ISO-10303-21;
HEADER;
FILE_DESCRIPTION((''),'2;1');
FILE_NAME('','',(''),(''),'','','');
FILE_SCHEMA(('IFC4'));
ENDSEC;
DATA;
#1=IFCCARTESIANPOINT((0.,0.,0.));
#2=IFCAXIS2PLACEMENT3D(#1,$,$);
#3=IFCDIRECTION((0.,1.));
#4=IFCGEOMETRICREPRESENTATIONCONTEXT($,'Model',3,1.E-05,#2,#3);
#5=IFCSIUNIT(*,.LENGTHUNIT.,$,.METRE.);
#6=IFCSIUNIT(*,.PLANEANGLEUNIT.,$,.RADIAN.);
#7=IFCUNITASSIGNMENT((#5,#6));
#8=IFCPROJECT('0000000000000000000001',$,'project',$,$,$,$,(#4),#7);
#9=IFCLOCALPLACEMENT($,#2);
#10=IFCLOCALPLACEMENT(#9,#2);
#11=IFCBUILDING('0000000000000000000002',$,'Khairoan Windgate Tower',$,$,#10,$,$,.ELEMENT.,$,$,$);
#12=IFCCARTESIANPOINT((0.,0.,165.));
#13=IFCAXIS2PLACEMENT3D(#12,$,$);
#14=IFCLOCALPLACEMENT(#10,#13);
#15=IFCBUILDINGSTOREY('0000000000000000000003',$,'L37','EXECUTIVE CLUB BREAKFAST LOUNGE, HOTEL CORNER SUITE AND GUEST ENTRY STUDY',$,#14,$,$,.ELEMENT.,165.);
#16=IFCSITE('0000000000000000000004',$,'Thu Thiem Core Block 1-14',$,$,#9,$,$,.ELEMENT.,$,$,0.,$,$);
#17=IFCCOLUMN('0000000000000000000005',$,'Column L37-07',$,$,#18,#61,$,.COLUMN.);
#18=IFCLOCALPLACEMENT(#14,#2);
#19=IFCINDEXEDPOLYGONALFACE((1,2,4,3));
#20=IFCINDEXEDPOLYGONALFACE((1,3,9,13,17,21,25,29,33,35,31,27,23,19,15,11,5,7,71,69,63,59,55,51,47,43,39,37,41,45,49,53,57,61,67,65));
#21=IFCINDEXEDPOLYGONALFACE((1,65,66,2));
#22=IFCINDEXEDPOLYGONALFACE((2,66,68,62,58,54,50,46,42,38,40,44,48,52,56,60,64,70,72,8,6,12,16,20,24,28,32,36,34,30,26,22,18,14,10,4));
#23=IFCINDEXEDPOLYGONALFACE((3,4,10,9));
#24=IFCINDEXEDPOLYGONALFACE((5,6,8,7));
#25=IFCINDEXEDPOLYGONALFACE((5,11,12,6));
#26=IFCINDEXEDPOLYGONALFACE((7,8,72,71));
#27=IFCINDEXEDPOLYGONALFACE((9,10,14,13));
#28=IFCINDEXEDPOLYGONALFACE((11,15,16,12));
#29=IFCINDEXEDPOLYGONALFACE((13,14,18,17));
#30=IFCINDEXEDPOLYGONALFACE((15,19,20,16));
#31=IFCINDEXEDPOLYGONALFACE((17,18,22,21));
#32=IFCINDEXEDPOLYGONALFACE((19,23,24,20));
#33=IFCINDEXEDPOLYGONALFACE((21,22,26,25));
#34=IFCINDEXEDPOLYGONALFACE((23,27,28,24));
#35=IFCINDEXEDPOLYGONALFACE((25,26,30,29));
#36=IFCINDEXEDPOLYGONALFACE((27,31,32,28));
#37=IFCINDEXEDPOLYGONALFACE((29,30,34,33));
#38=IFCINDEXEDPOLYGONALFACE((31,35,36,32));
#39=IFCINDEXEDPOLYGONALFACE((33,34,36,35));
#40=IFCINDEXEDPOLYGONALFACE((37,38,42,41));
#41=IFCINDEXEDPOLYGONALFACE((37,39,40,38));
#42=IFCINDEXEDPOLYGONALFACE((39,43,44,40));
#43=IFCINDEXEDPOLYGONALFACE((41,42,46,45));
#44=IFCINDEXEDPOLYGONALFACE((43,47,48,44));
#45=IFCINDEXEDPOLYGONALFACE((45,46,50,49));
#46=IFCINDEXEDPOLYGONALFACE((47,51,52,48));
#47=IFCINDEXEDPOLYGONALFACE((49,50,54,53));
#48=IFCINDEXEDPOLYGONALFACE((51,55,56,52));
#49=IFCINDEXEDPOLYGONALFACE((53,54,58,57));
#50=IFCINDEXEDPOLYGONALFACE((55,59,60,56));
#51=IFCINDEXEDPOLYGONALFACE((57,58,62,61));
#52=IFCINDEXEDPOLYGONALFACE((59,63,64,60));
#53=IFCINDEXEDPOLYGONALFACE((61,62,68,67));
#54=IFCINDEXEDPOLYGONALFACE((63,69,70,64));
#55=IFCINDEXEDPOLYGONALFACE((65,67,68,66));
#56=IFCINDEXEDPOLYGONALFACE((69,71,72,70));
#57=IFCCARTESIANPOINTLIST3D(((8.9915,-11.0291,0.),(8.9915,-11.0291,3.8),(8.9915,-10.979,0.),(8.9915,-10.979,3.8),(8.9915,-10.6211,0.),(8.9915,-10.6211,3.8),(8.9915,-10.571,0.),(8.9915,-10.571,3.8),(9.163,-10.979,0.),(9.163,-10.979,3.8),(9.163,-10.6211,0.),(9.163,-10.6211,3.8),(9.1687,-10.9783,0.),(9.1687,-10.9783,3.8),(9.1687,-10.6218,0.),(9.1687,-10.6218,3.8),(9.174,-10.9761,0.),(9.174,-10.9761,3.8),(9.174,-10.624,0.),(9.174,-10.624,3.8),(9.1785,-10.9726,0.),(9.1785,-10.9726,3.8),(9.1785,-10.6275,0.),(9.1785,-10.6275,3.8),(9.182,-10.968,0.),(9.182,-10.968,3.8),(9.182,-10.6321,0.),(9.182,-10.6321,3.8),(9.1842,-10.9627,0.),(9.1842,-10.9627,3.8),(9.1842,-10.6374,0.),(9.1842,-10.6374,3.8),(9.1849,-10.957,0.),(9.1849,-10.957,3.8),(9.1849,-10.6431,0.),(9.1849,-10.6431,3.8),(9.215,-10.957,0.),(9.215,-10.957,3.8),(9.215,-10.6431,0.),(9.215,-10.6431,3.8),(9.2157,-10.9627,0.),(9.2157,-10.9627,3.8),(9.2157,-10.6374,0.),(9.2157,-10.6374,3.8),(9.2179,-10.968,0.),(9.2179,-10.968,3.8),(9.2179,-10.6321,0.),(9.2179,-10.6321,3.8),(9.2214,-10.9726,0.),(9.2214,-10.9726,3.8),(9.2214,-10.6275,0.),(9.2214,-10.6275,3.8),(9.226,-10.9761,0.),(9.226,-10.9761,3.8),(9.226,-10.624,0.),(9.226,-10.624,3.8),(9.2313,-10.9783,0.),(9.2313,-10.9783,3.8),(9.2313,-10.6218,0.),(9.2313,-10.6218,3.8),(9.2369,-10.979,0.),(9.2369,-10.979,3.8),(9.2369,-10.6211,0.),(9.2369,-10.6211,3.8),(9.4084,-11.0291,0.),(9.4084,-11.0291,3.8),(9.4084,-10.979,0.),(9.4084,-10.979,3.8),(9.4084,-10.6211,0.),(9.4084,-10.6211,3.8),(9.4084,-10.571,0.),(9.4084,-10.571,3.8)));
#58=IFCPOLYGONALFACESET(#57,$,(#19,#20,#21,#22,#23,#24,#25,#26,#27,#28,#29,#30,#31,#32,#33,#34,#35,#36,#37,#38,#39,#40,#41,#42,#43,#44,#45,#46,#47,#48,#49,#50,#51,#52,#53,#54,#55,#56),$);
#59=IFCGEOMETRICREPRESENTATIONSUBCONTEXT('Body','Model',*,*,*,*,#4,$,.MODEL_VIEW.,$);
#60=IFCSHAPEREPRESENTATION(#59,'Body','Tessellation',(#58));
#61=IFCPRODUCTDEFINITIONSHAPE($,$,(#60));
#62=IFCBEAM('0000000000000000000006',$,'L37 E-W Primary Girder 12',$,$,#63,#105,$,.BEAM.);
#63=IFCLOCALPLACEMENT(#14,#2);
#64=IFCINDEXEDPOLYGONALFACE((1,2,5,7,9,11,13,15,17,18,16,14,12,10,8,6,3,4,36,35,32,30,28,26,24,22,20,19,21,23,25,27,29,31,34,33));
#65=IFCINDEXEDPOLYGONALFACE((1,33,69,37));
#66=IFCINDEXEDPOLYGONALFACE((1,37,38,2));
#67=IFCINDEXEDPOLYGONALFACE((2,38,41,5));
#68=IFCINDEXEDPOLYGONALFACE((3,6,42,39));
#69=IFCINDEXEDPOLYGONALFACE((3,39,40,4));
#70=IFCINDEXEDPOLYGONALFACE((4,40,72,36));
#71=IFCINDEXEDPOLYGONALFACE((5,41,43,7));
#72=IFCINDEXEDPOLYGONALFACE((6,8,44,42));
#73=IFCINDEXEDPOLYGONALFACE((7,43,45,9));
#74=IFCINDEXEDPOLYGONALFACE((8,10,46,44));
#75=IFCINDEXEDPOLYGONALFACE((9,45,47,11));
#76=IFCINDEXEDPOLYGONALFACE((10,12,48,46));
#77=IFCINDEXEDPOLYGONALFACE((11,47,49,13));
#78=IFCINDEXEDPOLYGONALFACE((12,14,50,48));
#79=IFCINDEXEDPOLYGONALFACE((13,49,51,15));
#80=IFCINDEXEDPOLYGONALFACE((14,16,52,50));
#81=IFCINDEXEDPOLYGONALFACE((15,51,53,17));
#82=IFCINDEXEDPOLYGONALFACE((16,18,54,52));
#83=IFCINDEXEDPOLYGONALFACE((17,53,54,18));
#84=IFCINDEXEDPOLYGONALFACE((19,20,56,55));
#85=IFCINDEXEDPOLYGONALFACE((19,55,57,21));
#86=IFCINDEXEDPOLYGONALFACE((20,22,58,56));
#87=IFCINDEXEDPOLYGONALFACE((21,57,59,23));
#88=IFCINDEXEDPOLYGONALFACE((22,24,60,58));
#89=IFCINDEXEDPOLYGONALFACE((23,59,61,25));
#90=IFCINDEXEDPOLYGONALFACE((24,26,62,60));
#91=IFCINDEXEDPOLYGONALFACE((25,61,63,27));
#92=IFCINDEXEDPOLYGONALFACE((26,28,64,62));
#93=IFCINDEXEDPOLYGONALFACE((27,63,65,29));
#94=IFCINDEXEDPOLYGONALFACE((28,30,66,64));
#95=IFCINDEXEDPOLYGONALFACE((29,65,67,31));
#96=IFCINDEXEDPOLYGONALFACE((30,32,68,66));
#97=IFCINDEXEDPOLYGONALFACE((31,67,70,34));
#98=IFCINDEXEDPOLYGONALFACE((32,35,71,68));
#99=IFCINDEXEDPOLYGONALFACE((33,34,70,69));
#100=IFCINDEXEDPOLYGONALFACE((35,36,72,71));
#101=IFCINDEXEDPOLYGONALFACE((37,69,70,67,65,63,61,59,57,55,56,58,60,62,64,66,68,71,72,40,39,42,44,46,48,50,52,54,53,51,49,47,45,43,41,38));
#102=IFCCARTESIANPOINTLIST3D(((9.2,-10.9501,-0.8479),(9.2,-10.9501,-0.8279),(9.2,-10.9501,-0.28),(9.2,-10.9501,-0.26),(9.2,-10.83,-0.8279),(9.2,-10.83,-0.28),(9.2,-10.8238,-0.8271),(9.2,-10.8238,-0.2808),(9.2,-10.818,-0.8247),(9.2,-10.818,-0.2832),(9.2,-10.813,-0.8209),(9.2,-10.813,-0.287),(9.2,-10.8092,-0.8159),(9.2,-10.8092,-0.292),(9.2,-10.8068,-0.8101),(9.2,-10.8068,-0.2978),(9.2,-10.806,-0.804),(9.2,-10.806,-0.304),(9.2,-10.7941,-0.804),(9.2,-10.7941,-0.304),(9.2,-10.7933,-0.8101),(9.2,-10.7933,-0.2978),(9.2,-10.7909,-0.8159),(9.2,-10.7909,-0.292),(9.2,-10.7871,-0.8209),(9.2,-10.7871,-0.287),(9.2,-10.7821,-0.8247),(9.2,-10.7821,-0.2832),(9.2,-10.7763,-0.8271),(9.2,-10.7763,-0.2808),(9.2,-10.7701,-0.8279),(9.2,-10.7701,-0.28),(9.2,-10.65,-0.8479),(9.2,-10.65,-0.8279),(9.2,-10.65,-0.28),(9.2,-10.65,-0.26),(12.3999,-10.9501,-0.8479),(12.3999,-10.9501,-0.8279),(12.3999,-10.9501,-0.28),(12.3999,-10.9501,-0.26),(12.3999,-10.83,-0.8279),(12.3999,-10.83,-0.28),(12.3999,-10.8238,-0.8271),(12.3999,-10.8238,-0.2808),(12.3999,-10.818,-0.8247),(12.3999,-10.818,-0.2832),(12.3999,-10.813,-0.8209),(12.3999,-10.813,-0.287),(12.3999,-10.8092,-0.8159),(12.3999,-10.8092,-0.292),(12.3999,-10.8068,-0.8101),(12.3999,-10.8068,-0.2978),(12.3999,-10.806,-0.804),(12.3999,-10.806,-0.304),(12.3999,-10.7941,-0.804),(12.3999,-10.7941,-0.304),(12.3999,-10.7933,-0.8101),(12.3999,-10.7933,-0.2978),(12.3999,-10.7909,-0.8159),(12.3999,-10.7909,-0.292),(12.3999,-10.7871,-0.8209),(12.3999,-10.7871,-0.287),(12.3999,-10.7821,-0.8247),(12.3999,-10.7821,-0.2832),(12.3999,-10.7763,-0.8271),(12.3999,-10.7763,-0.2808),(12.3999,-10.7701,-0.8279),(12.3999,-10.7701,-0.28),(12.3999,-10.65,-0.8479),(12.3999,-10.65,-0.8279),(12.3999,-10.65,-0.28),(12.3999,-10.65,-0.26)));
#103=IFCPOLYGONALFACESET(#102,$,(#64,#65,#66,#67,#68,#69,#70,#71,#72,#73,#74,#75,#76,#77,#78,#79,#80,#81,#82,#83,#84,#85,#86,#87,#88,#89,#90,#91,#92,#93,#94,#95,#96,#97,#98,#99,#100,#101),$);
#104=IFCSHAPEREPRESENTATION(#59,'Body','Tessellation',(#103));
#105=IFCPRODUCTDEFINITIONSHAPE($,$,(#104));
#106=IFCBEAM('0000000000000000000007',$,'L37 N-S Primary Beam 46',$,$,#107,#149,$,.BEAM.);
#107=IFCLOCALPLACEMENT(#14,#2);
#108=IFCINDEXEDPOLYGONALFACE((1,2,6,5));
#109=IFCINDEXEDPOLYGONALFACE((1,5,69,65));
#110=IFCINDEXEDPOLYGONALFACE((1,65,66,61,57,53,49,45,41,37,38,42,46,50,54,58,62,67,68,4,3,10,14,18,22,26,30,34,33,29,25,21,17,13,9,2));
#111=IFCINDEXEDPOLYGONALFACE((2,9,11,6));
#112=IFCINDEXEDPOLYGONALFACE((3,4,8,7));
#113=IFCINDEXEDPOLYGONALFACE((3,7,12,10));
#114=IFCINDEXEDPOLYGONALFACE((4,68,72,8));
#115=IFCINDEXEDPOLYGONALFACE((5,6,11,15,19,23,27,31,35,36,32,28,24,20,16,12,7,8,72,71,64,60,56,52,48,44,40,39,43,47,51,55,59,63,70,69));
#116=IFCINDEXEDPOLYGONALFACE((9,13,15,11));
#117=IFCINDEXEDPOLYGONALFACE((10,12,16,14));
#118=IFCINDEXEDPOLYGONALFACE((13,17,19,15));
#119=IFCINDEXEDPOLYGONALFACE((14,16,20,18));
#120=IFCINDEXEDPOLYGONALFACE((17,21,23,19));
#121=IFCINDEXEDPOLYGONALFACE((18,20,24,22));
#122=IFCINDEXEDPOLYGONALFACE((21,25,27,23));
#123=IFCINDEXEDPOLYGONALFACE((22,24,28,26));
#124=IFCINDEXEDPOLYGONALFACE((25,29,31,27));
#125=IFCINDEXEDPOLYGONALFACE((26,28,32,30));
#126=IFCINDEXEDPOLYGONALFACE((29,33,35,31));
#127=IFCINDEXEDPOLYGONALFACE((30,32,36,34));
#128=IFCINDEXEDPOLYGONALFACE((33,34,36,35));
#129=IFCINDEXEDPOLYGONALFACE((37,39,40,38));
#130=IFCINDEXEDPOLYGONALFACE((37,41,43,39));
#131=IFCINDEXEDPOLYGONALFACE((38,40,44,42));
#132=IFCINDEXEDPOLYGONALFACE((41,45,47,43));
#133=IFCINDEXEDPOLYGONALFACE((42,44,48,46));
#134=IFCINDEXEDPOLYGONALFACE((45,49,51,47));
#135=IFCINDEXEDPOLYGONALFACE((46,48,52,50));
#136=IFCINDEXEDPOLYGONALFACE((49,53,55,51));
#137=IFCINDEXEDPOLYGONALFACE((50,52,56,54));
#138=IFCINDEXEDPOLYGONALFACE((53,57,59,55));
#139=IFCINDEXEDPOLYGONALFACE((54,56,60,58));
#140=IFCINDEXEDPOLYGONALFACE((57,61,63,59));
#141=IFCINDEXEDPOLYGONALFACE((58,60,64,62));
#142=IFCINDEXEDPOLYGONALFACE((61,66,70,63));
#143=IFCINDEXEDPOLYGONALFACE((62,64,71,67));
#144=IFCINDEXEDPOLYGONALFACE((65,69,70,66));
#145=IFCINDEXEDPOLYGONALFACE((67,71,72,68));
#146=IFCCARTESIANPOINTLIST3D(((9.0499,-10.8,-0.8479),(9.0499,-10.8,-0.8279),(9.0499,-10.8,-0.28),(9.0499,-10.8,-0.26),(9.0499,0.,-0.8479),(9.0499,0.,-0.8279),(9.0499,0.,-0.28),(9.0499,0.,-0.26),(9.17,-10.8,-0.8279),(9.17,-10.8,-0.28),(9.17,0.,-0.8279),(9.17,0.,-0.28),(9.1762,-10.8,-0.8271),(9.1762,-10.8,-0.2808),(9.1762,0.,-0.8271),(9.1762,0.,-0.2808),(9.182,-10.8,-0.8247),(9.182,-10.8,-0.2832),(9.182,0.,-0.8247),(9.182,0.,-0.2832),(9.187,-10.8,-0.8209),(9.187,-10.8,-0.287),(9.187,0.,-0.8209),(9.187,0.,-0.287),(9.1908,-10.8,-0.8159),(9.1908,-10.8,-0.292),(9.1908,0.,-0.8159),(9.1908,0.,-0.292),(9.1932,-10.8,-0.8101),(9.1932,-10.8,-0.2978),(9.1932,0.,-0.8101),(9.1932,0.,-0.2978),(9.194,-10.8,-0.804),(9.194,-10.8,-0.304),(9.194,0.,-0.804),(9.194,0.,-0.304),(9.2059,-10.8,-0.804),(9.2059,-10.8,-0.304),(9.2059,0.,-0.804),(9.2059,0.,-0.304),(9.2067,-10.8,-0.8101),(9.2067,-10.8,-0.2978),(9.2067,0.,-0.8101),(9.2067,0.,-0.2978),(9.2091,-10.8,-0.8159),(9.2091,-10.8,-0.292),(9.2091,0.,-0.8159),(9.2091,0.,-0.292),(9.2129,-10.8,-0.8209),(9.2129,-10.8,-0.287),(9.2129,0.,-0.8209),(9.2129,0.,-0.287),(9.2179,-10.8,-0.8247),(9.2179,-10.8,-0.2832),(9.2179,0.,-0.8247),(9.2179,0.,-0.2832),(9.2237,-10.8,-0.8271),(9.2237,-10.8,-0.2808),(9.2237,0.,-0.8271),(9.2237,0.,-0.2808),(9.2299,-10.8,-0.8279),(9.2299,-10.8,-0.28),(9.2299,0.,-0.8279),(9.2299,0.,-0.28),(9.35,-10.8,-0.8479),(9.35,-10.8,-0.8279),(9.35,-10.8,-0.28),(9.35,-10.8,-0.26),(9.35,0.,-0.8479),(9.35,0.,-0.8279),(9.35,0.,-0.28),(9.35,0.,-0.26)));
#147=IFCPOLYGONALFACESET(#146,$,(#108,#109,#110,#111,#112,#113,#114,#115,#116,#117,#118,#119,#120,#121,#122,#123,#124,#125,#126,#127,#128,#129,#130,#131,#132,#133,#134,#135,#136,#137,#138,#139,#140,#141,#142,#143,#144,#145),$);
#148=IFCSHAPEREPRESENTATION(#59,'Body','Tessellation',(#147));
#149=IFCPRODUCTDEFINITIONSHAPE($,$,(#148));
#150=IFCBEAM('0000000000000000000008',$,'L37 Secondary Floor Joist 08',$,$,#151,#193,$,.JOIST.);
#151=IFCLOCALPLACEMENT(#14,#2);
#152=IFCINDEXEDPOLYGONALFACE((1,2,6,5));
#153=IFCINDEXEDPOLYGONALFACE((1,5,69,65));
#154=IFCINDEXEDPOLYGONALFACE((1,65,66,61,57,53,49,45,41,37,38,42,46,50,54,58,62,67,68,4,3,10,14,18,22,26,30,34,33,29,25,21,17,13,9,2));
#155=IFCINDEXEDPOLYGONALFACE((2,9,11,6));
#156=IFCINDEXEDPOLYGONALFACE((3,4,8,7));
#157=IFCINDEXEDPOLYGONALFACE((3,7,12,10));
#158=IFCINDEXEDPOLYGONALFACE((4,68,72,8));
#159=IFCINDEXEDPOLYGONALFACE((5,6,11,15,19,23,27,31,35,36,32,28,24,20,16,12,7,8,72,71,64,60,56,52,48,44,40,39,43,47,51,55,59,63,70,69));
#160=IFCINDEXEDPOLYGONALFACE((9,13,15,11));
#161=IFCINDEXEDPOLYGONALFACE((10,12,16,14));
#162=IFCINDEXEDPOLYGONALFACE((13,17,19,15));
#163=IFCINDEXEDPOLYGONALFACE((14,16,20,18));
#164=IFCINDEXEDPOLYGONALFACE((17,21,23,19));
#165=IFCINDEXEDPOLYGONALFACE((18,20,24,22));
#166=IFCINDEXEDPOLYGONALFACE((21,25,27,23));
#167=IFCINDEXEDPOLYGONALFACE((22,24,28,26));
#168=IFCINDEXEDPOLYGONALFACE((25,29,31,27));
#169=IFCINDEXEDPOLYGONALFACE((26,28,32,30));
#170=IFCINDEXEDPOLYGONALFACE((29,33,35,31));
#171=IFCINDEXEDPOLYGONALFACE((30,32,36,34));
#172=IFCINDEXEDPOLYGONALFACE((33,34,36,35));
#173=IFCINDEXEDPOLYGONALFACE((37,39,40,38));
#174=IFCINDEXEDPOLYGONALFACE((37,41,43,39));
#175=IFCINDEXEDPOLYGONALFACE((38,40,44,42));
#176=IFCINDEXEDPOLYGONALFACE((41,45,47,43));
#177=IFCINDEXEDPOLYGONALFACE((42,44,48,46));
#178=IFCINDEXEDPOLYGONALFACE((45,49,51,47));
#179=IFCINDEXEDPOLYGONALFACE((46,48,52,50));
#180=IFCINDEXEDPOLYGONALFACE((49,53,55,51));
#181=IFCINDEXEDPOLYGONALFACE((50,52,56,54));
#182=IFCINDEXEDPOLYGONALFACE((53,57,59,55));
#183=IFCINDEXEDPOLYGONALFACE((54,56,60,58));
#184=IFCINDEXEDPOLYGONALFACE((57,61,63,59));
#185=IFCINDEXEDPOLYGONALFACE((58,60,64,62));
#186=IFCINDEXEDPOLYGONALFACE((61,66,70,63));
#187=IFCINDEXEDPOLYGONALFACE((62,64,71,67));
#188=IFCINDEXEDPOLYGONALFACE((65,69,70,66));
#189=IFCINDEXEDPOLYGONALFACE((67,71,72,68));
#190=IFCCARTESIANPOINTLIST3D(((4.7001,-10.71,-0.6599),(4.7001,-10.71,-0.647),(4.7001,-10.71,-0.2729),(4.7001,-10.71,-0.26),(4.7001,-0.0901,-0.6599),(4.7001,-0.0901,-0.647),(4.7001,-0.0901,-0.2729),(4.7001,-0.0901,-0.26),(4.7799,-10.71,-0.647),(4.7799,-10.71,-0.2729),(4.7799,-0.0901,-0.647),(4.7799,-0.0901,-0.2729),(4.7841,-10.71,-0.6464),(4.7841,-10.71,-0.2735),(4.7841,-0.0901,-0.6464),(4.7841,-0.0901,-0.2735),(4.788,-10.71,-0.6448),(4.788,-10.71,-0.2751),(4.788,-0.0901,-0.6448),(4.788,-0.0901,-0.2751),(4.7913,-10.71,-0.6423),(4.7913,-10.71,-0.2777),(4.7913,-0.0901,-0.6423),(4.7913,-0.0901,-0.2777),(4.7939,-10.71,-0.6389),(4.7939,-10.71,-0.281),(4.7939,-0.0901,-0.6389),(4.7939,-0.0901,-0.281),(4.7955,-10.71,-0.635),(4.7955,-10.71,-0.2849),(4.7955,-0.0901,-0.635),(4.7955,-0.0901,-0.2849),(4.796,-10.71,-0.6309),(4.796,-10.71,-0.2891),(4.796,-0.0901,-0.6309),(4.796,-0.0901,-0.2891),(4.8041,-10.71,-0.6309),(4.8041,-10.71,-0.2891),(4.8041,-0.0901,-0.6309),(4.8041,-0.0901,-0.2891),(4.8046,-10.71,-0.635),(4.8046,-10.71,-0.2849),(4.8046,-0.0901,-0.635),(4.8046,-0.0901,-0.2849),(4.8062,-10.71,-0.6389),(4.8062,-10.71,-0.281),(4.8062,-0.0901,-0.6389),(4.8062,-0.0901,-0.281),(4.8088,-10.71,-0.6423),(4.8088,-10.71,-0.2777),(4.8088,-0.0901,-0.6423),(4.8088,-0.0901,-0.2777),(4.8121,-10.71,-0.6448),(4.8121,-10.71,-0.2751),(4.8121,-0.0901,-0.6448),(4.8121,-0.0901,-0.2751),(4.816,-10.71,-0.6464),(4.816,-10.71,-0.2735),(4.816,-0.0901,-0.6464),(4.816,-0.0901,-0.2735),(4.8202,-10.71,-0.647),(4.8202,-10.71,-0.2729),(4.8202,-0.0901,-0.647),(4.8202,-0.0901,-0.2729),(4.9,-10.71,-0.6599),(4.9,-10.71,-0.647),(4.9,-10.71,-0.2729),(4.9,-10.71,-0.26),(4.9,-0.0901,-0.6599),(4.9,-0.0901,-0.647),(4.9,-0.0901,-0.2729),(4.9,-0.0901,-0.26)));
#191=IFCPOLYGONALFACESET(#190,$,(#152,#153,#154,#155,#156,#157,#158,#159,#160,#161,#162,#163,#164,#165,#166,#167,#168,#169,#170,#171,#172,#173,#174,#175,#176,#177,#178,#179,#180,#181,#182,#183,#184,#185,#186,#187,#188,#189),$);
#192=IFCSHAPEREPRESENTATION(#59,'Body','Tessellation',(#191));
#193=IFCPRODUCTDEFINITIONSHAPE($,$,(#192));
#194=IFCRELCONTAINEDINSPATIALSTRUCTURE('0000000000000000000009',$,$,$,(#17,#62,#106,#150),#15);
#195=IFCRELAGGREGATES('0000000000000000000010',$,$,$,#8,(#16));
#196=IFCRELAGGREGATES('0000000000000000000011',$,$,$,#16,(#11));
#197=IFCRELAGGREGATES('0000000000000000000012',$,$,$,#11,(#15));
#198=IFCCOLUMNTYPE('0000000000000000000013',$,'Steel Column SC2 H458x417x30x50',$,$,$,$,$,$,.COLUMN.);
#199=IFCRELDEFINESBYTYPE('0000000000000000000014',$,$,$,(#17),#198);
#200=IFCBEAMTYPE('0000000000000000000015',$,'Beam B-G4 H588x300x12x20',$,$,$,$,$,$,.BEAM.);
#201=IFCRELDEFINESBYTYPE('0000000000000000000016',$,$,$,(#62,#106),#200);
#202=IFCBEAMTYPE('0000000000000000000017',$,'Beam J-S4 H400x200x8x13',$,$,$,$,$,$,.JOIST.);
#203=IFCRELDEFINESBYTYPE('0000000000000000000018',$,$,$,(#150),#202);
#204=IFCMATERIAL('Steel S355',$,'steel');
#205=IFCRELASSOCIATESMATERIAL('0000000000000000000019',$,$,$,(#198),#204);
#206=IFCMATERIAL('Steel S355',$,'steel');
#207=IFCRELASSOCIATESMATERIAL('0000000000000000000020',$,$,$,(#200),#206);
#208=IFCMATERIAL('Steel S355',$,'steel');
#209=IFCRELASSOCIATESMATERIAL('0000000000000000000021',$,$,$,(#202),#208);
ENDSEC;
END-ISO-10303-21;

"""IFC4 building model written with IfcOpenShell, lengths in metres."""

from ifc_helpers import new_model, si_unit, direction, frame, origin, origin_2d, place, context, subcontext, project, spatial, i_section, extrude, material, material_profile, profile_set, type_object, element, save


model = new_model("IFC4")

# Units and contexts
model_context = context("Model", 3, precision=1e-05, world=origin(), true_north=direction((0.0, 1.0)))
body_context = subcontext(model_context, "Body", "Model", "MODEL_VIEW")
ifc_project = project(units=[si_unit("LENGTHUNIT", "METRE"), si_unit("PLANEANGLEUNIT", "RADIAN")], contexts=[model_context])

# Site, building, storey
site_placement = place(None, origin())
site = spatial("IfcSite", under=ifc_project, at=site_placement, Name="Thu Thiem Core Block 1-14", CompositionType="ELEMENT", RefElevation=0.0)
building_placement = place(site_placement, origin())
building = spatial("IfcBuilding", under=site, at=building_placement, Name="Khairoan Windgate Tower", CompositionType="ELEMENT")
storey_placement = place(building_placement, frame((0.0, 0.0, 165.0)))
storey = spatial("IfcBuildingStorey", under=building, at=storey_placement, Name="L37", Description="EXECUTIVE CLUB BREAKFAST LOUNGE, HOTEL CORNER SUITE AND GUEST ENTRY STUDY", CompositionType="ELEMENT", Elevation=165.0)

# Column
ifc_material_1 = material(Name="Steel S355", Category="steel")
ifc_material_profile_1 = material_profile(ifc_material_1, i_section(OverallWidth=0.417, OverallDepth=0.458, WebThickness=0.03, FlangeThickness=0.05, FilletRadius=0.022, at=origin_2d()))
ifc_profile_set_1 = profile_set([ifc_material_profile_1], Name="Steel S355")
column_type = type_object("IfcColumnType", Name="Steel Column SC2 H458x417x30x50", PredefinedType="COLUMN", material=ifc_profile_set_1)
column_placement = place(storey_placement, frame((9.2, -10.8, 0.0), z_axis=(0.0, 0.0, 1.0), x_axis=(1.0, 0.0, 0.0)))
element("IfcColumn", 1, at=column_placement, inside=storey, type_object=column_type, Name="Column L37-07", PredefinedType="COLUMN", context=body_context, shape_type="SweptSolid", body=[
    extrude(i_section(OverallWidth=0.417, OverallDepth=0.458, WebThickness=0.03, FlangeThickness=0.05, FilletRadius=0.022, at=origin_2d()), origin(), (0.0, 0.0, 1.0), 3.8),
])

# Beams
ifc_material_2 = material(Name="Steel S355", Category="steel")
ifc_material_profile_2 = material_profile(ifc_material_2, i_section(OverallWidth=0.3, OverallDepth=0.5879, WebThickness=0.012, FlangeThickness=0.02, FilletRadius=0.0239, at=origin_2d()))
ifc_profile_set_2 = profile_set([ifc_material_profile_2], Name="Steel S355")
beam_type_1 = type_object("IfcBeamType", Name="Beam B-G4 H588x300x12x20", PredefinedType="BEAM", material=ifc_profile_set_2)
beam_1_placement = place(storey_placement, frame((9.2, -10.8, -0.554), z_axis=(1.0, 0.0, 0.0), x_axis=(0.0, 1.0, 0.0)))
element("IfcBeam", 2, at=beam_1_placement, inside=storey, type_object=beam_type_1, Name="L37 E-W Primary Girder 12", PredefinedType="BEAM", context=body_context, shape_type="SweptSolid", body=[
    extrude(i_section(OverallWidth=0.3, OverallDepth=0.5879, WebThickness=0.012, FlangeThickness=0.02, FilletRadius=0.0239, at=origin_2d()), origin(), (0.0, 0.0, 1.0), 3.2),
])
beam_2_placement = place(storey_placement, frame((9.2, -10.8, -0.554), z_axis=(0.0, 1.0, 0.0), x_axis=(-1.0, 0.0, 0.0)))
element("IfcBeam", 3, at=beam_2_placement, inside=storey, type_object=beam_type_1, Name="L37 N-S Primary Beam 46", PredefinedType="BEAM", context=body_context, shape_type="SweptSolid", body=[
    extrude(i_section(OverallWidth=0.3, OverallDepth=0.5879, WebThickness=0.012, FlangeThickness=0.02, FilletRadius=0.0239, at=origin_2d()), origin(), (0.0, 0.0, 1.0), 10.8),
])
ifc_material_3 = material(Name="Steel S355", Category="steel")
ifc_material_profile_3 = material_profile(ifc_material_3, i_section(OverallWidth=0.2, OverallDepth=0.3999, WebThickness=0.0081, FlangeThickness=0.0129, FilletRadius=0.0161, at=origin_2d()))
ifc_profile_set_3 = profile_set([ifc_material_profile_3], Name="Steel S355")
beam_type_2 = type_object("IfcBeamType", Name="Beam J-S4 H400x200x8x13", PredefinedType="JOIST", material=ifc_profile_set_3)
beam_3_placement = place(storey_placement, frame((4.8, -10.71, -0.46), z_axis=(0.0, 1.0, 0.0), x_axis=(-1.0, 0.0, 0.0)))
element("IfcBeam", 4, at=beam_3_placement, inside=storey, type_object=beam_type_2, Name="L37 Secondary Floor Joist 08", PredefinedType="JOIST", context=body_context, shape_type="SweptSolid", body=[
    extrude(i_section(OverallWidth=0.2, OverallDepth=0.3999, WebThickness=0.0081, FlangeThickness=0.0129, FilletRadius=0.0161, at=origin_2d()), origin(), (0.0, 0.0, 1.0), 10.6199),
])

save(model, "model.ifc")
